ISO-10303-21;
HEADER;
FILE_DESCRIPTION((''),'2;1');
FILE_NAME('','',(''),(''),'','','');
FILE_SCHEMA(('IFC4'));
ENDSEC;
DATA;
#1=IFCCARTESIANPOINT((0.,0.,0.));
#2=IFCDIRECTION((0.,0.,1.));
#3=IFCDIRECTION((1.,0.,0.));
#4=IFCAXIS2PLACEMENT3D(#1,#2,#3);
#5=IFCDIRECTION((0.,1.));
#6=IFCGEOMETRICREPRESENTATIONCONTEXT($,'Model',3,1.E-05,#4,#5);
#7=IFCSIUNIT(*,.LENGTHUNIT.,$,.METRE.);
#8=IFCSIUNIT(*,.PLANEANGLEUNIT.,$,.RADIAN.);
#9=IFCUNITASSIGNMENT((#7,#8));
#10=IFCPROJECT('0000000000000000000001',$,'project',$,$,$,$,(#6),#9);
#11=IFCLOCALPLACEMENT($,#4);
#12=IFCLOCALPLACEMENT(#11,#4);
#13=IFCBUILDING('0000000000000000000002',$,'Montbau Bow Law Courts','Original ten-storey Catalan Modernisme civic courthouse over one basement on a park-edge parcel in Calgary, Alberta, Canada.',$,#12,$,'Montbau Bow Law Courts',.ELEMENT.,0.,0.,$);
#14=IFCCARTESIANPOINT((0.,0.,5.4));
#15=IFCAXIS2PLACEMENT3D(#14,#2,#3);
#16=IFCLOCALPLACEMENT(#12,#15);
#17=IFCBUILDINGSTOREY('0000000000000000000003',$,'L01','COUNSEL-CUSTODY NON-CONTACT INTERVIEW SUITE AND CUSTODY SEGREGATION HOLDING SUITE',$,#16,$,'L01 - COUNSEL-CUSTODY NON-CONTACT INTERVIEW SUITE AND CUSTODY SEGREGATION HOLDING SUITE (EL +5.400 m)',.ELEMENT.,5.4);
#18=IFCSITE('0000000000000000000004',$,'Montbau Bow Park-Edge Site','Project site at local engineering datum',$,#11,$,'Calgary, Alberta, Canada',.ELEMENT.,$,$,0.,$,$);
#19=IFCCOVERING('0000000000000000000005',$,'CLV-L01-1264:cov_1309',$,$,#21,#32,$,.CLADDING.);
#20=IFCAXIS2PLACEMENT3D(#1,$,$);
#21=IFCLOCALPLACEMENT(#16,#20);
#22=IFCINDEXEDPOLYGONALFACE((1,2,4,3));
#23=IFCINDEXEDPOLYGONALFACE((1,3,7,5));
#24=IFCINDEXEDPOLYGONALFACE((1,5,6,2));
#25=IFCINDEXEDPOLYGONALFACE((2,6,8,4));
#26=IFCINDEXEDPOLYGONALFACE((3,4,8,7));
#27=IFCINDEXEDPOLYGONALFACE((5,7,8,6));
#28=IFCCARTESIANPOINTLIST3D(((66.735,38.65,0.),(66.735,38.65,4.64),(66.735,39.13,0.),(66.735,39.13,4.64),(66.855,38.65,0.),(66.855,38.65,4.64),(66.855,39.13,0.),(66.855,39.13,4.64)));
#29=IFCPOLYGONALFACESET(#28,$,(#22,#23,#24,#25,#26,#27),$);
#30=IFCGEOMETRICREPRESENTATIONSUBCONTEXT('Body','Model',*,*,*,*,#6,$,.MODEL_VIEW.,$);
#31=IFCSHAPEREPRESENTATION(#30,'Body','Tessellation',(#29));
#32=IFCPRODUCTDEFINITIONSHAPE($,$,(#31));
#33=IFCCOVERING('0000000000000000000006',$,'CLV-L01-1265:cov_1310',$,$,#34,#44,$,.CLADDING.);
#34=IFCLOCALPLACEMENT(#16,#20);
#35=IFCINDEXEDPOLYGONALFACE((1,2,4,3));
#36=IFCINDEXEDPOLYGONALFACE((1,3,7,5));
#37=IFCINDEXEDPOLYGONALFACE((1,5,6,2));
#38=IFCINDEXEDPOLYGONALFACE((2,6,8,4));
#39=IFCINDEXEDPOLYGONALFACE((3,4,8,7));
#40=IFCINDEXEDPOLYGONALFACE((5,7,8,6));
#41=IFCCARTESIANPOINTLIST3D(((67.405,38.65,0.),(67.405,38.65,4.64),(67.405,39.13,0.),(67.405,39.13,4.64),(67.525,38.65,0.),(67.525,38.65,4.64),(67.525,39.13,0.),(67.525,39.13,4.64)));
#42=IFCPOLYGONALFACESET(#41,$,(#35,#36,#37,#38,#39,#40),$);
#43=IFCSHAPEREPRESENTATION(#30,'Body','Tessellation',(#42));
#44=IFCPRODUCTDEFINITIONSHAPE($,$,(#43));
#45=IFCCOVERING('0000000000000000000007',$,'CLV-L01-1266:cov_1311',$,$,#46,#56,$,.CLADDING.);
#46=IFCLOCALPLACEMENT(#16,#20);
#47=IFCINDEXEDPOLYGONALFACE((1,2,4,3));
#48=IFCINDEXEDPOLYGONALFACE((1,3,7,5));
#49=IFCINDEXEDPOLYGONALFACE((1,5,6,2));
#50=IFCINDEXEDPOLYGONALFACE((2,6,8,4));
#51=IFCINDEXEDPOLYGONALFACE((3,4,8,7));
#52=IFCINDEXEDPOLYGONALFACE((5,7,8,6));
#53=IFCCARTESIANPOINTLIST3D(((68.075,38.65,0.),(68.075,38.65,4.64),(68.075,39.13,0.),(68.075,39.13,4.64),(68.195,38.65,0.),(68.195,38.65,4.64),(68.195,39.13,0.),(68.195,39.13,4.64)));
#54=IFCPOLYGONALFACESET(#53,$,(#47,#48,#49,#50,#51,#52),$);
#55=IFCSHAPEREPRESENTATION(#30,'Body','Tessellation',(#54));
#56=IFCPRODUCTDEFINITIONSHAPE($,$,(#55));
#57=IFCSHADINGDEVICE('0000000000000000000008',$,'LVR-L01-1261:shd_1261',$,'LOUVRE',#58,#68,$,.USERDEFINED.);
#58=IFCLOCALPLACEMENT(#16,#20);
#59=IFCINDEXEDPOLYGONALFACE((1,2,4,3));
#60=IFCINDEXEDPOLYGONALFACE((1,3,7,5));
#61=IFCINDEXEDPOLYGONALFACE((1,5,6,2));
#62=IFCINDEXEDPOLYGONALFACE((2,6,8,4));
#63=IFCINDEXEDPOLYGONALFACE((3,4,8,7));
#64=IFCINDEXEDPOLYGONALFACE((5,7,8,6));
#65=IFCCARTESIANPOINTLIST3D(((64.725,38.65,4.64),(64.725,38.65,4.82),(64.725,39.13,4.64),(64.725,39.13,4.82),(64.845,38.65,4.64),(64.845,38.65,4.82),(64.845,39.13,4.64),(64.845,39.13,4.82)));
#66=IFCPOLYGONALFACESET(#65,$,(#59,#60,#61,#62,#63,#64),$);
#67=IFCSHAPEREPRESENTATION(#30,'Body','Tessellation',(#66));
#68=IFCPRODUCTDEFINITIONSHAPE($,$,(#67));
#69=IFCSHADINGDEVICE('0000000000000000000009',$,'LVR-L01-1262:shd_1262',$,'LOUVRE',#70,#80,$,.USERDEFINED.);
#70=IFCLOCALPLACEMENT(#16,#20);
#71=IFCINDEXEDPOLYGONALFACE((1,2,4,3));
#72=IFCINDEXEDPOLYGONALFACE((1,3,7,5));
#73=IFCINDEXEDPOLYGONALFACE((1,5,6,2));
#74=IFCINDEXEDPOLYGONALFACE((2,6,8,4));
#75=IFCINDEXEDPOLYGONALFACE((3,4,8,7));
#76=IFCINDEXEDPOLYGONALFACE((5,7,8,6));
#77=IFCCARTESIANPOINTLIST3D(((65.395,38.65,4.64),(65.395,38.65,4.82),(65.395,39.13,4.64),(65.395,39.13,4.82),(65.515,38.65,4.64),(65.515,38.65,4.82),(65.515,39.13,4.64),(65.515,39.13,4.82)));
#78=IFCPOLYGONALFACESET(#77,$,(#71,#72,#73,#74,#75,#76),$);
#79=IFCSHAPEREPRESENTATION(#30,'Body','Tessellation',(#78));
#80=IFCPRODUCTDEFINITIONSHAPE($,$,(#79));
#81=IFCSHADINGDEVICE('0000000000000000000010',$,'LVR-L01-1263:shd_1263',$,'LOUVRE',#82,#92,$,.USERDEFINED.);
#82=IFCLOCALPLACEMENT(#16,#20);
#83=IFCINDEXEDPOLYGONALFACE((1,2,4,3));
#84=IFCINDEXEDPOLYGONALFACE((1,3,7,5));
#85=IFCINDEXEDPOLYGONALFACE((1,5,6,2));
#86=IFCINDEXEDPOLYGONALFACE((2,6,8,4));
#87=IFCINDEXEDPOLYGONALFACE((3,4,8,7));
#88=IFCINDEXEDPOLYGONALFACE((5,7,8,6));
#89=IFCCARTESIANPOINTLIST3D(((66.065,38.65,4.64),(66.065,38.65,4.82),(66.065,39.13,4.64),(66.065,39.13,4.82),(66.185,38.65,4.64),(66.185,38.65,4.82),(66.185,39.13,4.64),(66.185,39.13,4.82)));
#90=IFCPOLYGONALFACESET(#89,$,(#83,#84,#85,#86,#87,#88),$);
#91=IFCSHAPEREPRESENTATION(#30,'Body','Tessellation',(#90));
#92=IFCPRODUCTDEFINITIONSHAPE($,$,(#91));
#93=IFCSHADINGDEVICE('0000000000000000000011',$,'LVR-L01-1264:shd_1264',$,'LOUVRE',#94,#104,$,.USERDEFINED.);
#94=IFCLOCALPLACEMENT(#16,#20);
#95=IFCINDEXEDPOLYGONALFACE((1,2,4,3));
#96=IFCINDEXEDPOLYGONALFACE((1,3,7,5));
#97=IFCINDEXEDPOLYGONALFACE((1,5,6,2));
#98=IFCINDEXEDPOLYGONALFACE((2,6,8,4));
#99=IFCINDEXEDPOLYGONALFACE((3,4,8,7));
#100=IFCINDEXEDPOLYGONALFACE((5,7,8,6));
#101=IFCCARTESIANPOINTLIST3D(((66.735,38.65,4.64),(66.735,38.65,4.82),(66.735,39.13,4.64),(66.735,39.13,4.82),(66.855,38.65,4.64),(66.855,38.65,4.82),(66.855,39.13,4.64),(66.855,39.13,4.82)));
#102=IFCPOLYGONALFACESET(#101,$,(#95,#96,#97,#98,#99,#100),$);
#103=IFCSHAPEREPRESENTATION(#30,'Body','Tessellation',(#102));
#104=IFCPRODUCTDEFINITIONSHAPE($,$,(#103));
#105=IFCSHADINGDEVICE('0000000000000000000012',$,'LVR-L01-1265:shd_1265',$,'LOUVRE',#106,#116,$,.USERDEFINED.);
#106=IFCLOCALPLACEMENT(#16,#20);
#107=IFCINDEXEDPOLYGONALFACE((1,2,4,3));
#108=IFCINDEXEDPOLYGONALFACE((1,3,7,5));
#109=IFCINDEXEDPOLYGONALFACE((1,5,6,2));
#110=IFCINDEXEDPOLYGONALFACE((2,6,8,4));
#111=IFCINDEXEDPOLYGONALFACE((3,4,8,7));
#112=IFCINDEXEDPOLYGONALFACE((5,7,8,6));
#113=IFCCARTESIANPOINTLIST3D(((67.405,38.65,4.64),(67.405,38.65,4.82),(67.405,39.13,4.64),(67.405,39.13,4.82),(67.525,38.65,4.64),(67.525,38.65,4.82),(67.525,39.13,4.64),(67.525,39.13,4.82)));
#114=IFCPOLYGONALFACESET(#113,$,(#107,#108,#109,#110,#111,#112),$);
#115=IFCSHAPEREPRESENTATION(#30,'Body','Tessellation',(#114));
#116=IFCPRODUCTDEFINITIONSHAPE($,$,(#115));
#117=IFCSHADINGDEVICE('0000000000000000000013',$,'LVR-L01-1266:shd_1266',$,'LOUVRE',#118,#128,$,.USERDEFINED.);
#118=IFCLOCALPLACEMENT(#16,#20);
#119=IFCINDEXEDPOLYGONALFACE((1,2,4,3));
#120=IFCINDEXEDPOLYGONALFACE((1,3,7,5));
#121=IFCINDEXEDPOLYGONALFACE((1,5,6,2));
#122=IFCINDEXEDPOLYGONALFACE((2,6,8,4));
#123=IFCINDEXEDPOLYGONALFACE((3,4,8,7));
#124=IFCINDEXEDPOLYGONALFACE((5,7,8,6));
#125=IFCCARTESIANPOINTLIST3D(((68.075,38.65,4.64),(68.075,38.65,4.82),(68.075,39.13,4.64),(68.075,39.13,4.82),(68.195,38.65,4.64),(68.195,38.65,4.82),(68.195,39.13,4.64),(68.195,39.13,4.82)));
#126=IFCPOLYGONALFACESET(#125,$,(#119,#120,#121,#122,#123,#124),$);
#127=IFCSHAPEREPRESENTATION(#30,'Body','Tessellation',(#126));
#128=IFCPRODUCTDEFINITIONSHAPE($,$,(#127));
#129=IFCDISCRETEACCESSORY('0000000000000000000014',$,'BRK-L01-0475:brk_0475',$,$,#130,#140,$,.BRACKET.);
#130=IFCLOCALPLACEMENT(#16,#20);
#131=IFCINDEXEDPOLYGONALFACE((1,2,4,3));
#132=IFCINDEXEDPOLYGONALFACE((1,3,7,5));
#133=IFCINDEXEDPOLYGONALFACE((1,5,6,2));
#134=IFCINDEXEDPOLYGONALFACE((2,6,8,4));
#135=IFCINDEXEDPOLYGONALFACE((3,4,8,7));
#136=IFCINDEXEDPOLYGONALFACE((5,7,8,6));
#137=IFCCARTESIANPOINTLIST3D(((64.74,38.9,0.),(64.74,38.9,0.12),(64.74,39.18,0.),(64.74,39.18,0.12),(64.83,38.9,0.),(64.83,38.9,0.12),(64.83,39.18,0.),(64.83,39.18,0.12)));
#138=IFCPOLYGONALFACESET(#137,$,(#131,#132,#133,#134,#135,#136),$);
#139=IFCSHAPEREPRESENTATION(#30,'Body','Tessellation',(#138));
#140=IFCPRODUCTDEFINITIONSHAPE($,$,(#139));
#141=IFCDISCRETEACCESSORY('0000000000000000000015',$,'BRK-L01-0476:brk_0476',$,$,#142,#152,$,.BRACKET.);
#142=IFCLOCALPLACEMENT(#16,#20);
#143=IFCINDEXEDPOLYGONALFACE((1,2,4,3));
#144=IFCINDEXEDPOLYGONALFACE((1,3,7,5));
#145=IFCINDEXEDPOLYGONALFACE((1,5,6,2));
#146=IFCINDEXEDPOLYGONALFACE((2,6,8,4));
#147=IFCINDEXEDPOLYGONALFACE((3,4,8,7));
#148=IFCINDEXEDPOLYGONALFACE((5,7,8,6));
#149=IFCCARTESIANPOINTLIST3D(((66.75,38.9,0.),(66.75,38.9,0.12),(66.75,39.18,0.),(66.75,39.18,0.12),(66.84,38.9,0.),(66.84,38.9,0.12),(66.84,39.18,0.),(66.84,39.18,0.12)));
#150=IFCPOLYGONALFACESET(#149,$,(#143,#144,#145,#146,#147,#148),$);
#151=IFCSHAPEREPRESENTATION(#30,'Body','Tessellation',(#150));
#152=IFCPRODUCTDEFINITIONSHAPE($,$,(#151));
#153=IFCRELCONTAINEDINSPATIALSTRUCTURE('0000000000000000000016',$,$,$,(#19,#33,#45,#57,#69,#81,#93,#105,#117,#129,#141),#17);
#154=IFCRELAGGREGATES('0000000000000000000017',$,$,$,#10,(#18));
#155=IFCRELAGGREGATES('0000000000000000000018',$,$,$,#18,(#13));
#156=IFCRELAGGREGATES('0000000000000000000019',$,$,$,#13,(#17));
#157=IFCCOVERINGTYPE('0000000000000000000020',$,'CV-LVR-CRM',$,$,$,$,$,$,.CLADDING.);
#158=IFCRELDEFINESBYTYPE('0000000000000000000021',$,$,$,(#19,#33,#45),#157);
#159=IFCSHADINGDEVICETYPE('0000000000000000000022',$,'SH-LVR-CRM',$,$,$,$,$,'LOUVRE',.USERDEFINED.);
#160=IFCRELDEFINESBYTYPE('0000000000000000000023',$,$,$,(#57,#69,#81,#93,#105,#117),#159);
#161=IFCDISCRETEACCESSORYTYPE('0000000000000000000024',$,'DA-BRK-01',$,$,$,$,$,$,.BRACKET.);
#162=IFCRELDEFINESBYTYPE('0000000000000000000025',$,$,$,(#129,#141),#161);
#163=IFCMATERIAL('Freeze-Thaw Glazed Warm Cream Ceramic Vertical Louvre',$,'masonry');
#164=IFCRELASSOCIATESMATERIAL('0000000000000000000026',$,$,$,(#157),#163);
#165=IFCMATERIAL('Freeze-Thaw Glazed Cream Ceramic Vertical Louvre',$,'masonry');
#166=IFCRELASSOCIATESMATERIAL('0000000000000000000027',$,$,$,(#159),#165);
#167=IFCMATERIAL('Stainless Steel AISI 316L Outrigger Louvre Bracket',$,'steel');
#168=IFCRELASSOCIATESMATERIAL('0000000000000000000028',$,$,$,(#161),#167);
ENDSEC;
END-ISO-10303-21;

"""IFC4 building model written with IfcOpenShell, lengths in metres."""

from ifc_helpers import new_model, si_unit, direction, frame, frame_2d, origin_with_axes, origin_2d_with_axis, place, context, subcontext, project, spatial, rectangle, extrude, material, type_object, element, save


model = new_model("IFC4")

# Units and contexts
model_context = context("Model", 3, precision=1e-05, world=origin_with_axes(), true_north=direction((0.0, 1.0)))
body_context = subcontext(model_context, "Body", "Model", "MODEL_VIEW")
ifc_project = project(units=[si_unit("LENGTHUNIT", "METRE"), si_unit("PLANEANGLEUNIT", "RADIAN")], contexts=[model_context])

# Site, building, storey
site_placement = place(None, origin_with_axes())
site = spatial("IfcSite", under=ifc_project, at=site_placement, Name="Montbau Bow Park-Edge Site", Description="Project site at local engineering datum", LongName="Calgary, Alberta, Canada", CompositionType="ELEMENT", RefElevation=0.0)
building_placement = place(site_placement, origin_with_axes())
building = spatial("IfcBuilding", under=site, at=building_placement, Name="Montbau Bow Law Courts", Description="Original ten-storey Catalan Modernisme civic courthouse over one basement on a park-edge parcel in Calgary, Alberta, Canada.", LongName="Montbau Bow Law Courts", CompositionType="ELEMENT", ElevationOfRefHeight=0.0, ElevationOfTerrain=0.0)
storey_placement = place(building_placement, frame((0.0, 0.0, 5.4), z_axis=(0.0, 0.0, 1.0), x_axis=(1.0, 0.0, 0.0)))
storey = spatial("IfcBuildingStorey", under=building, at=storey_placement, Name="L01", Description="COUNSEL-CUSTODY NON-CONTACT INTERVIEW SUITE AND CUSTODY SEGREGATION HOLDING SUITE", LongName="L01 - COUNSEL-CUSTODY NON-CONTACT INTERVIEW SUITE AND CUSTODY SEGREGATION HOLDING SUITE (EL +5.400 m)", CompositionType="ELEMENT", Elevation=5.4)

# Coverings
ifc_material_1 = material(Name="Freeze-Thaw Glazed Warm Cream Ceramic Vertical Louvre", Category="masonry")
covering_type = type_object("IfcCoveringType", Name="CV-LVR-CRM", PredefinedType="CLADDING", material=ifc_material_1)
for number, where, z_axis, x_axis, name in (
    (1, (66.795, 39.13, 5.4), (-1.0, 0.0, 0.0), (0.0, -1.0, 0.0), "CLV-L01-1264:cov_1309"),
    (2, (67.465, 39.13, 5.4), (-1.0, 0.0, 0.0), (0.0, -1.0, 0.0), "CLV-L01-1265:cov_1310"),
    (3, (68.135, 39.13, 5.4), (-1.0, 0.0, 0.0), (0.0, -1.0, 0.0), "CLV-L01-1266:cov_1311"),
):
    element("IfcCovering", number, at=place(None, frame(where, z_axis=z_axis, x_axis=x_axis)), inside=storey, type_object=covering_type, Name=name, PredefinedType="CLADDING", context=body_context, shape_type="SweptSolid", body=[
        extrude(rectangle(XDim=0.48, YDim=4.64, at=frame_2d((0.24, 2.32), x_axis=(1.0, 0.0))), frame((0.0, 0.0, -0.06), z_axis=(0.0, 0.0, 1.0), x_axis=(1.0, 0.0, 0.0)), (0.0, 0.0, 1.0), 0.12),
    ])

# Shading devices
ifc_material_2 = material(Name="Freeze-Thaw Glazed Cream Ceramic Vertical Louvre", Category="masonry")
shading_device_type = type_object("IfcShadingDeviceType", Name="SH-LVR-CRM", ElementType="LOUVRE", PredefinedType="USERDEFINED", material=ifc_material_2)
for number, where, z_axis, x_axis, name in (
    (4, (64.785, 38.89, 10.04), (0.0, 0.0, 1.0), (0.0, -1.0, 0.0), "LVR-L01-1261:shd_1261"),
    (5, (65.455, 38.89, 10.04), (0.0, 0.0, 1.0), (0.0, -1.0, 0.0), "LVR-L01-1262:shd_1262"),
    (6, (66.125, 38.89, 10.04), (0.0, 0.0, 1.0), (0.0, -1.0, 0.0), "LVR-L01-1263:shd_1263"),
    (7, (66.795, 38.89, 10.04), (0.0, 0.0, 1.0), (0.0, -1.0, 0.0), "LVR-L01-1264:shd_1264"),
    (8, (67.465, 38.89, 10.04), (0.0, 0.0, 1.0), (0.0, -1.0, 0.0), "LVR-L01-1265:shd_1265"),
    (9, (68.135, 38.89, 10.04), (0.0, 0.0, 1.0), (0.0, -1.0, 0.0), "LVR-L01-1266:shd_1266"),
):
    element("IfcShadingDevice", number, at=place(None, frame(where, z_axis=z_axis, x_axis=x_axis)), inside=storey, type_object=shading_device_type, Name=name, ObjectType="LOUVRE", PredefinedType="USERDEFINED", context=body_context, shape_type="SweptSolid", body=[
        extrude(rectangle(XDim=0.48, YDim=0.12, at=origin_2d_with_axis()), origin_with_axes(), (0.0, 0.0, 1.0), 0.18),
    ])

# Discrete accessories
ifc_material_3 = material(Name="Stainless Steel AISI 316L Outrigger Louvre Bracket", Category="steel")
discrete_accessory_type = type_object("IfcDiscreteAccessoryType", Name="DA-BRK-01", PredefinedType="BRACKET", material=ifc_material_3)
for number, where, z_axis, x_axis, name in (
    (10, (64.785, 39.04, 5.4), (0.0, 0.0, 1.0), (0.0, -1.0, 0.0), "BRK-L01-0475:brk_0475"),
    (11, (66.795, 39.04, 5.4), (0.0, 0.0, 1.0), (0.0, -1.0, 0.0), "BRK-L01-0476:brk_0476"),
):
    element("IfcDiscreteAccessory", number, at=place(None, frame(where, z_axis=z_axis, x_axis=x_axis)), inside=storey, type_object=discrete_accessory_type, Name=name, PredefinedType="BRACKET", context=body_context, shape_type="SweptSolid", body=[
        extrude(rectangle(XDim=0.28, YDim=0.09, at=origin_2d_with_axis()), origin_with_axes(), (0.0, 0.0, 1.0), 0.12),
    ])

save(model, "model.ifc")
